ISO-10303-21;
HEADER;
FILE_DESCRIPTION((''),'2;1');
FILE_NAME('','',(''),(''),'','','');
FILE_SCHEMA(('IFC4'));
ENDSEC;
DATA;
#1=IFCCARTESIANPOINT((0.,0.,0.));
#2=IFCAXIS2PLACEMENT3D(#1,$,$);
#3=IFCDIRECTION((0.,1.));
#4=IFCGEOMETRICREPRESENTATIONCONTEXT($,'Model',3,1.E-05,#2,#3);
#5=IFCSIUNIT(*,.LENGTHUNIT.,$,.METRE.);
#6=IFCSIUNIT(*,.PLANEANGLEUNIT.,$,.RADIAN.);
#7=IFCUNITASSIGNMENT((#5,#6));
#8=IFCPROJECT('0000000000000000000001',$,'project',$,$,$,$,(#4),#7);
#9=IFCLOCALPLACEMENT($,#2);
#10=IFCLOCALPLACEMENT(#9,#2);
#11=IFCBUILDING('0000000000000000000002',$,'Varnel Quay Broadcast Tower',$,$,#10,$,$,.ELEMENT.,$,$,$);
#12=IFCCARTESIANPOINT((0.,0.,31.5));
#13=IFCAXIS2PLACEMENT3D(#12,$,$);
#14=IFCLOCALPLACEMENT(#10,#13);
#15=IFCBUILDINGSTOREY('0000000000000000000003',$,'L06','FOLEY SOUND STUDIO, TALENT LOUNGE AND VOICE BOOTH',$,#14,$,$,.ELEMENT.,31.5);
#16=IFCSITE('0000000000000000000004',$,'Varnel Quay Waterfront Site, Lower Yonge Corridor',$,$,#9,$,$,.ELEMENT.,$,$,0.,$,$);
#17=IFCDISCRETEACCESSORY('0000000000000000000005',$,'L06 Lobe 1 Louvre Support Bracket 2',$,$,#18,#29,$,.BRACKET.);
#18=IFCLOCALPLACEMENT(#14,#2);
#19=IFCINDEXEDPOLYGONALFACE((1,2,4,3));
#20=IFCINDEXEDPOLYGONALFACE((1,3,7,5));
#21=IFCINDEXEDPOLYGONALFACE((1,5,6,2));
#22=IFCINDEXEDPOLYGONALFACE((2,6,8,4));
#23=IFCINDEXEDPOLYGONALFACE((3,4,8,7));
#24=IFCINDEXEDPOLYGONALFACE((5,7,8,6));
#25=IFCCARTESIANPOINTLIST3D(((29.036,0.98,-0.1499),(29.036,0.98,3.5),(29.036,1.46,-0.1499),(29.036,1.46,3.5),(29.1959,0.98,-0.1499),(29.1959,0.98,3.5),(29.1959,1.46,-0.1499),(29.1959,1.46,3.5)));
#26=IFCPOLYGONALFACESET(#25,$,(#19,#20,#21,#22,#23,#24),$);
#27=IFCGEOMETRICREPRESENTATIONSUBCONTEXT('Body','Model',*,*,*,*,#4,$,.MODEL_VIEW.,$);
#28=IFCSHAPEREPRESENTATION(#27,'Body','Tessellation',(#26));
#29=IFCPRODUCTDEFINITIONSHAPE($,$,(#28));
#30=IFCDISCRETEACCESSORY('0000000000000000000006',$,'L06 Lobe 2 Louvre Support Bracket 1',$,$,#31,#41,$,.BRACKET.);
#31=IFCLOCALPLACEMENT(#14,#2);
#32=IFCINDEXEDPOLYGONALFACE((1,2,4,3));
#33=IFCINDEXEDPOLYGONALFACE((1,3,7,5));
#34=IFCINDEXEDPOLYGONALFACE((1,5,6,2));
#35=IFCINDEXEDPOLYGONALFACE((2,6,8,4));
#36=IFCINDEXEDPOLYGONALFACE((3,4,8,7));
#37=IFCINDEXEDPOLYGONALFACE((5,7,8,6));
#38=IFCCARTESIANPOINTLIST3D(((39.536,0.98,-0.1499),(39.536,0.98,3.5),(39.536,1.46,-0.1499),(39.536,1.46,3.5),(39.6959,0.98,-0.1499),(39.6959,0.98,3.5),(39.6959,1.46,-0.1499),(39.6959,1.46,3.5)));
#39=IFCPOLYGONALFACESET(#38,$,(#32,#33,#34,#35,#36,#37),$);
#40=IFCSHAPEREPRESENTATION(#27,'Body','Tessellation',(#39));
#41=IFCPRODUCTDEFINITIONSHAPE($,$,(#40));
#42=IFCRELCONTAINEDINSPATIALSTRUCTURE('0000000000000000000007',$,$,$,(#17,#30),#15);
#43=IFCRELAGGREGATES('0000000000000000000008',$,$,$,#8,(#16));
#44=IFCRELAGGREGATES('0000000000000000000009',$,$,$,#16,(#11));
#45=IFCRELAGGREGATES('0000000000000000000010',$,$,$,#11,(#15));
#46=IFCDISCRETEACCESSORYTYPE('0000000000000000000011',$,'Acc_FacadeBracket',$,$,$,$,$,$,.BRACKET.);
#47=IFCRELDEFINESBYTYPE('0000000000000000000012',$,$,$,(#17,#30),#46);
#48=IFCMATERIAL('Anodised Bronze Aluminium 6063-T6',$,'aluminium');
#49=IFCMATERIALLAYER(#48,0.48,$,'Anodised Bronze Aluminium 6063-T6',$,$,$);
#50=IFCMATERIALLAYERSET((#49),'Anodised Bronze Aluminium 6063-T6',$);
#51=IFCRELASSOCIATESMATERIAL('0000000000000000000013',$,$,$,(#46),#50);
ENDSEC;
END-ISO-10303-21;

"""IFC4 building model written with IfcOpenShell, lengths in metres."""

from ifc_helpers import new_model, si_unit, direction, frame, origin, origin_2d, place, context, subcontext, project, spatial, rectangle, extrude, source, transform, mapped, material, layer, layer_set, type_object, type_shapes, element, save


model = new_model("IFC4")

# Units and contexts
model_context = context("Model", 3, precision=1e-05, world=origin(), true_north=direction((0.0, 1.0)))
body_context = subcontext(model_context, "Body", "Model", "MODEL_VIEW")
ifc_project = project(units=[si_unit("LENGTHUNIT", "METRE"), si_unit("PLANEANGLEUNIT", "RADIAN")], contexts=[model_context])

# Site, building, storey
site_placement = place(None, origin())
site = spatial("IfcSite", under=ifc_project, at=site_placement, Name="Varnel Quay Waterfront Site, Lower Yonge Corridor", CompositionType="ELEMENT", RefElevation=0.0)
building_placement = place(site_placement, origin())
building = spatial("IfcBuilding", under=site, at=building_placement, Name="Varnel Quay Broadcast Tower", CompositionType="ELEMENT")
storey_placement = place(building_placement, frame((0.0, 0.0, 31.5)))
storey = spatial("IfcBuildingStorey", under=building, at=storey_placement, Name="L06", Description="FOLEY SOUND STUDIO, TALENT LOUNGE AND VOICE BOOTH", CompositionType="ELEMENT", Elevation=31.5)

# Shared definitions
ifc_material_1 = material(Name="Anodised Bronze Aluminium 6063-T6", Category="aluminium")

# Discrete accessories
ifc_layer_1 = layer(ifc_material_1, 0.48, Name="Anodised Bronze Aluminium 6063-T6")
ifc_layer_set_1 = layer_set([ifc_layer_1], Name="Anodised Bronze Aluminium 6063-T6")
discrete_accessory_type = type_object("IfcDiscreteAccessoryType", Name="Acc_FacadeBracket", PredefinedType="BRACKET", material=ifc_layer_set_1)
shared_shape_1 = source(origin(), body_context, "Body", "SweptSolid", [
    extrude(rectangle(XDim=0.1599, YDim=0.48, at=origin_2d()), origin(), (0.0, 0.0, 1.0), 3.6499),
])
type_shapes(discrete_accessory_type, [shared_shape_1])
for number, where, z_axis, x_axis, name in (
    (1, (29.116, 1.22, -0.1499), (0.0, 0.0, 1.0), (1.0, 0.0, 0.0), "L06 Lobe 1 Louvre Support Bracket 2"),
    (2, (39.616, 1.22, -0.1499), (0.0, 0.0, 1.0), (1.0, 0.0, 0.0), "L06 Lobe 2 Louvre Support Bracket 1"),
):
    element("IfcDiscreteAccessory", number, at=place(storey_placement, frame(where, z_axis=z_axis, x_axis=x_axis)), inside=storey, type_object=discrete_accessory_type, Name=name, PredefinedType="BRACKET", context=body_context, shape_type="MappedRepresentation", body=[
        mapped(shared_shape_1, transform((0.0, 0.0, 0.0), x_axis=(1.0, 0.0, 0.0), y_axis=(0.0, 1.0, 0.0), z_axis=(0.0, 0.0, 1.0), scale=1.0)),
    ])

save(model, "model.ifc")
